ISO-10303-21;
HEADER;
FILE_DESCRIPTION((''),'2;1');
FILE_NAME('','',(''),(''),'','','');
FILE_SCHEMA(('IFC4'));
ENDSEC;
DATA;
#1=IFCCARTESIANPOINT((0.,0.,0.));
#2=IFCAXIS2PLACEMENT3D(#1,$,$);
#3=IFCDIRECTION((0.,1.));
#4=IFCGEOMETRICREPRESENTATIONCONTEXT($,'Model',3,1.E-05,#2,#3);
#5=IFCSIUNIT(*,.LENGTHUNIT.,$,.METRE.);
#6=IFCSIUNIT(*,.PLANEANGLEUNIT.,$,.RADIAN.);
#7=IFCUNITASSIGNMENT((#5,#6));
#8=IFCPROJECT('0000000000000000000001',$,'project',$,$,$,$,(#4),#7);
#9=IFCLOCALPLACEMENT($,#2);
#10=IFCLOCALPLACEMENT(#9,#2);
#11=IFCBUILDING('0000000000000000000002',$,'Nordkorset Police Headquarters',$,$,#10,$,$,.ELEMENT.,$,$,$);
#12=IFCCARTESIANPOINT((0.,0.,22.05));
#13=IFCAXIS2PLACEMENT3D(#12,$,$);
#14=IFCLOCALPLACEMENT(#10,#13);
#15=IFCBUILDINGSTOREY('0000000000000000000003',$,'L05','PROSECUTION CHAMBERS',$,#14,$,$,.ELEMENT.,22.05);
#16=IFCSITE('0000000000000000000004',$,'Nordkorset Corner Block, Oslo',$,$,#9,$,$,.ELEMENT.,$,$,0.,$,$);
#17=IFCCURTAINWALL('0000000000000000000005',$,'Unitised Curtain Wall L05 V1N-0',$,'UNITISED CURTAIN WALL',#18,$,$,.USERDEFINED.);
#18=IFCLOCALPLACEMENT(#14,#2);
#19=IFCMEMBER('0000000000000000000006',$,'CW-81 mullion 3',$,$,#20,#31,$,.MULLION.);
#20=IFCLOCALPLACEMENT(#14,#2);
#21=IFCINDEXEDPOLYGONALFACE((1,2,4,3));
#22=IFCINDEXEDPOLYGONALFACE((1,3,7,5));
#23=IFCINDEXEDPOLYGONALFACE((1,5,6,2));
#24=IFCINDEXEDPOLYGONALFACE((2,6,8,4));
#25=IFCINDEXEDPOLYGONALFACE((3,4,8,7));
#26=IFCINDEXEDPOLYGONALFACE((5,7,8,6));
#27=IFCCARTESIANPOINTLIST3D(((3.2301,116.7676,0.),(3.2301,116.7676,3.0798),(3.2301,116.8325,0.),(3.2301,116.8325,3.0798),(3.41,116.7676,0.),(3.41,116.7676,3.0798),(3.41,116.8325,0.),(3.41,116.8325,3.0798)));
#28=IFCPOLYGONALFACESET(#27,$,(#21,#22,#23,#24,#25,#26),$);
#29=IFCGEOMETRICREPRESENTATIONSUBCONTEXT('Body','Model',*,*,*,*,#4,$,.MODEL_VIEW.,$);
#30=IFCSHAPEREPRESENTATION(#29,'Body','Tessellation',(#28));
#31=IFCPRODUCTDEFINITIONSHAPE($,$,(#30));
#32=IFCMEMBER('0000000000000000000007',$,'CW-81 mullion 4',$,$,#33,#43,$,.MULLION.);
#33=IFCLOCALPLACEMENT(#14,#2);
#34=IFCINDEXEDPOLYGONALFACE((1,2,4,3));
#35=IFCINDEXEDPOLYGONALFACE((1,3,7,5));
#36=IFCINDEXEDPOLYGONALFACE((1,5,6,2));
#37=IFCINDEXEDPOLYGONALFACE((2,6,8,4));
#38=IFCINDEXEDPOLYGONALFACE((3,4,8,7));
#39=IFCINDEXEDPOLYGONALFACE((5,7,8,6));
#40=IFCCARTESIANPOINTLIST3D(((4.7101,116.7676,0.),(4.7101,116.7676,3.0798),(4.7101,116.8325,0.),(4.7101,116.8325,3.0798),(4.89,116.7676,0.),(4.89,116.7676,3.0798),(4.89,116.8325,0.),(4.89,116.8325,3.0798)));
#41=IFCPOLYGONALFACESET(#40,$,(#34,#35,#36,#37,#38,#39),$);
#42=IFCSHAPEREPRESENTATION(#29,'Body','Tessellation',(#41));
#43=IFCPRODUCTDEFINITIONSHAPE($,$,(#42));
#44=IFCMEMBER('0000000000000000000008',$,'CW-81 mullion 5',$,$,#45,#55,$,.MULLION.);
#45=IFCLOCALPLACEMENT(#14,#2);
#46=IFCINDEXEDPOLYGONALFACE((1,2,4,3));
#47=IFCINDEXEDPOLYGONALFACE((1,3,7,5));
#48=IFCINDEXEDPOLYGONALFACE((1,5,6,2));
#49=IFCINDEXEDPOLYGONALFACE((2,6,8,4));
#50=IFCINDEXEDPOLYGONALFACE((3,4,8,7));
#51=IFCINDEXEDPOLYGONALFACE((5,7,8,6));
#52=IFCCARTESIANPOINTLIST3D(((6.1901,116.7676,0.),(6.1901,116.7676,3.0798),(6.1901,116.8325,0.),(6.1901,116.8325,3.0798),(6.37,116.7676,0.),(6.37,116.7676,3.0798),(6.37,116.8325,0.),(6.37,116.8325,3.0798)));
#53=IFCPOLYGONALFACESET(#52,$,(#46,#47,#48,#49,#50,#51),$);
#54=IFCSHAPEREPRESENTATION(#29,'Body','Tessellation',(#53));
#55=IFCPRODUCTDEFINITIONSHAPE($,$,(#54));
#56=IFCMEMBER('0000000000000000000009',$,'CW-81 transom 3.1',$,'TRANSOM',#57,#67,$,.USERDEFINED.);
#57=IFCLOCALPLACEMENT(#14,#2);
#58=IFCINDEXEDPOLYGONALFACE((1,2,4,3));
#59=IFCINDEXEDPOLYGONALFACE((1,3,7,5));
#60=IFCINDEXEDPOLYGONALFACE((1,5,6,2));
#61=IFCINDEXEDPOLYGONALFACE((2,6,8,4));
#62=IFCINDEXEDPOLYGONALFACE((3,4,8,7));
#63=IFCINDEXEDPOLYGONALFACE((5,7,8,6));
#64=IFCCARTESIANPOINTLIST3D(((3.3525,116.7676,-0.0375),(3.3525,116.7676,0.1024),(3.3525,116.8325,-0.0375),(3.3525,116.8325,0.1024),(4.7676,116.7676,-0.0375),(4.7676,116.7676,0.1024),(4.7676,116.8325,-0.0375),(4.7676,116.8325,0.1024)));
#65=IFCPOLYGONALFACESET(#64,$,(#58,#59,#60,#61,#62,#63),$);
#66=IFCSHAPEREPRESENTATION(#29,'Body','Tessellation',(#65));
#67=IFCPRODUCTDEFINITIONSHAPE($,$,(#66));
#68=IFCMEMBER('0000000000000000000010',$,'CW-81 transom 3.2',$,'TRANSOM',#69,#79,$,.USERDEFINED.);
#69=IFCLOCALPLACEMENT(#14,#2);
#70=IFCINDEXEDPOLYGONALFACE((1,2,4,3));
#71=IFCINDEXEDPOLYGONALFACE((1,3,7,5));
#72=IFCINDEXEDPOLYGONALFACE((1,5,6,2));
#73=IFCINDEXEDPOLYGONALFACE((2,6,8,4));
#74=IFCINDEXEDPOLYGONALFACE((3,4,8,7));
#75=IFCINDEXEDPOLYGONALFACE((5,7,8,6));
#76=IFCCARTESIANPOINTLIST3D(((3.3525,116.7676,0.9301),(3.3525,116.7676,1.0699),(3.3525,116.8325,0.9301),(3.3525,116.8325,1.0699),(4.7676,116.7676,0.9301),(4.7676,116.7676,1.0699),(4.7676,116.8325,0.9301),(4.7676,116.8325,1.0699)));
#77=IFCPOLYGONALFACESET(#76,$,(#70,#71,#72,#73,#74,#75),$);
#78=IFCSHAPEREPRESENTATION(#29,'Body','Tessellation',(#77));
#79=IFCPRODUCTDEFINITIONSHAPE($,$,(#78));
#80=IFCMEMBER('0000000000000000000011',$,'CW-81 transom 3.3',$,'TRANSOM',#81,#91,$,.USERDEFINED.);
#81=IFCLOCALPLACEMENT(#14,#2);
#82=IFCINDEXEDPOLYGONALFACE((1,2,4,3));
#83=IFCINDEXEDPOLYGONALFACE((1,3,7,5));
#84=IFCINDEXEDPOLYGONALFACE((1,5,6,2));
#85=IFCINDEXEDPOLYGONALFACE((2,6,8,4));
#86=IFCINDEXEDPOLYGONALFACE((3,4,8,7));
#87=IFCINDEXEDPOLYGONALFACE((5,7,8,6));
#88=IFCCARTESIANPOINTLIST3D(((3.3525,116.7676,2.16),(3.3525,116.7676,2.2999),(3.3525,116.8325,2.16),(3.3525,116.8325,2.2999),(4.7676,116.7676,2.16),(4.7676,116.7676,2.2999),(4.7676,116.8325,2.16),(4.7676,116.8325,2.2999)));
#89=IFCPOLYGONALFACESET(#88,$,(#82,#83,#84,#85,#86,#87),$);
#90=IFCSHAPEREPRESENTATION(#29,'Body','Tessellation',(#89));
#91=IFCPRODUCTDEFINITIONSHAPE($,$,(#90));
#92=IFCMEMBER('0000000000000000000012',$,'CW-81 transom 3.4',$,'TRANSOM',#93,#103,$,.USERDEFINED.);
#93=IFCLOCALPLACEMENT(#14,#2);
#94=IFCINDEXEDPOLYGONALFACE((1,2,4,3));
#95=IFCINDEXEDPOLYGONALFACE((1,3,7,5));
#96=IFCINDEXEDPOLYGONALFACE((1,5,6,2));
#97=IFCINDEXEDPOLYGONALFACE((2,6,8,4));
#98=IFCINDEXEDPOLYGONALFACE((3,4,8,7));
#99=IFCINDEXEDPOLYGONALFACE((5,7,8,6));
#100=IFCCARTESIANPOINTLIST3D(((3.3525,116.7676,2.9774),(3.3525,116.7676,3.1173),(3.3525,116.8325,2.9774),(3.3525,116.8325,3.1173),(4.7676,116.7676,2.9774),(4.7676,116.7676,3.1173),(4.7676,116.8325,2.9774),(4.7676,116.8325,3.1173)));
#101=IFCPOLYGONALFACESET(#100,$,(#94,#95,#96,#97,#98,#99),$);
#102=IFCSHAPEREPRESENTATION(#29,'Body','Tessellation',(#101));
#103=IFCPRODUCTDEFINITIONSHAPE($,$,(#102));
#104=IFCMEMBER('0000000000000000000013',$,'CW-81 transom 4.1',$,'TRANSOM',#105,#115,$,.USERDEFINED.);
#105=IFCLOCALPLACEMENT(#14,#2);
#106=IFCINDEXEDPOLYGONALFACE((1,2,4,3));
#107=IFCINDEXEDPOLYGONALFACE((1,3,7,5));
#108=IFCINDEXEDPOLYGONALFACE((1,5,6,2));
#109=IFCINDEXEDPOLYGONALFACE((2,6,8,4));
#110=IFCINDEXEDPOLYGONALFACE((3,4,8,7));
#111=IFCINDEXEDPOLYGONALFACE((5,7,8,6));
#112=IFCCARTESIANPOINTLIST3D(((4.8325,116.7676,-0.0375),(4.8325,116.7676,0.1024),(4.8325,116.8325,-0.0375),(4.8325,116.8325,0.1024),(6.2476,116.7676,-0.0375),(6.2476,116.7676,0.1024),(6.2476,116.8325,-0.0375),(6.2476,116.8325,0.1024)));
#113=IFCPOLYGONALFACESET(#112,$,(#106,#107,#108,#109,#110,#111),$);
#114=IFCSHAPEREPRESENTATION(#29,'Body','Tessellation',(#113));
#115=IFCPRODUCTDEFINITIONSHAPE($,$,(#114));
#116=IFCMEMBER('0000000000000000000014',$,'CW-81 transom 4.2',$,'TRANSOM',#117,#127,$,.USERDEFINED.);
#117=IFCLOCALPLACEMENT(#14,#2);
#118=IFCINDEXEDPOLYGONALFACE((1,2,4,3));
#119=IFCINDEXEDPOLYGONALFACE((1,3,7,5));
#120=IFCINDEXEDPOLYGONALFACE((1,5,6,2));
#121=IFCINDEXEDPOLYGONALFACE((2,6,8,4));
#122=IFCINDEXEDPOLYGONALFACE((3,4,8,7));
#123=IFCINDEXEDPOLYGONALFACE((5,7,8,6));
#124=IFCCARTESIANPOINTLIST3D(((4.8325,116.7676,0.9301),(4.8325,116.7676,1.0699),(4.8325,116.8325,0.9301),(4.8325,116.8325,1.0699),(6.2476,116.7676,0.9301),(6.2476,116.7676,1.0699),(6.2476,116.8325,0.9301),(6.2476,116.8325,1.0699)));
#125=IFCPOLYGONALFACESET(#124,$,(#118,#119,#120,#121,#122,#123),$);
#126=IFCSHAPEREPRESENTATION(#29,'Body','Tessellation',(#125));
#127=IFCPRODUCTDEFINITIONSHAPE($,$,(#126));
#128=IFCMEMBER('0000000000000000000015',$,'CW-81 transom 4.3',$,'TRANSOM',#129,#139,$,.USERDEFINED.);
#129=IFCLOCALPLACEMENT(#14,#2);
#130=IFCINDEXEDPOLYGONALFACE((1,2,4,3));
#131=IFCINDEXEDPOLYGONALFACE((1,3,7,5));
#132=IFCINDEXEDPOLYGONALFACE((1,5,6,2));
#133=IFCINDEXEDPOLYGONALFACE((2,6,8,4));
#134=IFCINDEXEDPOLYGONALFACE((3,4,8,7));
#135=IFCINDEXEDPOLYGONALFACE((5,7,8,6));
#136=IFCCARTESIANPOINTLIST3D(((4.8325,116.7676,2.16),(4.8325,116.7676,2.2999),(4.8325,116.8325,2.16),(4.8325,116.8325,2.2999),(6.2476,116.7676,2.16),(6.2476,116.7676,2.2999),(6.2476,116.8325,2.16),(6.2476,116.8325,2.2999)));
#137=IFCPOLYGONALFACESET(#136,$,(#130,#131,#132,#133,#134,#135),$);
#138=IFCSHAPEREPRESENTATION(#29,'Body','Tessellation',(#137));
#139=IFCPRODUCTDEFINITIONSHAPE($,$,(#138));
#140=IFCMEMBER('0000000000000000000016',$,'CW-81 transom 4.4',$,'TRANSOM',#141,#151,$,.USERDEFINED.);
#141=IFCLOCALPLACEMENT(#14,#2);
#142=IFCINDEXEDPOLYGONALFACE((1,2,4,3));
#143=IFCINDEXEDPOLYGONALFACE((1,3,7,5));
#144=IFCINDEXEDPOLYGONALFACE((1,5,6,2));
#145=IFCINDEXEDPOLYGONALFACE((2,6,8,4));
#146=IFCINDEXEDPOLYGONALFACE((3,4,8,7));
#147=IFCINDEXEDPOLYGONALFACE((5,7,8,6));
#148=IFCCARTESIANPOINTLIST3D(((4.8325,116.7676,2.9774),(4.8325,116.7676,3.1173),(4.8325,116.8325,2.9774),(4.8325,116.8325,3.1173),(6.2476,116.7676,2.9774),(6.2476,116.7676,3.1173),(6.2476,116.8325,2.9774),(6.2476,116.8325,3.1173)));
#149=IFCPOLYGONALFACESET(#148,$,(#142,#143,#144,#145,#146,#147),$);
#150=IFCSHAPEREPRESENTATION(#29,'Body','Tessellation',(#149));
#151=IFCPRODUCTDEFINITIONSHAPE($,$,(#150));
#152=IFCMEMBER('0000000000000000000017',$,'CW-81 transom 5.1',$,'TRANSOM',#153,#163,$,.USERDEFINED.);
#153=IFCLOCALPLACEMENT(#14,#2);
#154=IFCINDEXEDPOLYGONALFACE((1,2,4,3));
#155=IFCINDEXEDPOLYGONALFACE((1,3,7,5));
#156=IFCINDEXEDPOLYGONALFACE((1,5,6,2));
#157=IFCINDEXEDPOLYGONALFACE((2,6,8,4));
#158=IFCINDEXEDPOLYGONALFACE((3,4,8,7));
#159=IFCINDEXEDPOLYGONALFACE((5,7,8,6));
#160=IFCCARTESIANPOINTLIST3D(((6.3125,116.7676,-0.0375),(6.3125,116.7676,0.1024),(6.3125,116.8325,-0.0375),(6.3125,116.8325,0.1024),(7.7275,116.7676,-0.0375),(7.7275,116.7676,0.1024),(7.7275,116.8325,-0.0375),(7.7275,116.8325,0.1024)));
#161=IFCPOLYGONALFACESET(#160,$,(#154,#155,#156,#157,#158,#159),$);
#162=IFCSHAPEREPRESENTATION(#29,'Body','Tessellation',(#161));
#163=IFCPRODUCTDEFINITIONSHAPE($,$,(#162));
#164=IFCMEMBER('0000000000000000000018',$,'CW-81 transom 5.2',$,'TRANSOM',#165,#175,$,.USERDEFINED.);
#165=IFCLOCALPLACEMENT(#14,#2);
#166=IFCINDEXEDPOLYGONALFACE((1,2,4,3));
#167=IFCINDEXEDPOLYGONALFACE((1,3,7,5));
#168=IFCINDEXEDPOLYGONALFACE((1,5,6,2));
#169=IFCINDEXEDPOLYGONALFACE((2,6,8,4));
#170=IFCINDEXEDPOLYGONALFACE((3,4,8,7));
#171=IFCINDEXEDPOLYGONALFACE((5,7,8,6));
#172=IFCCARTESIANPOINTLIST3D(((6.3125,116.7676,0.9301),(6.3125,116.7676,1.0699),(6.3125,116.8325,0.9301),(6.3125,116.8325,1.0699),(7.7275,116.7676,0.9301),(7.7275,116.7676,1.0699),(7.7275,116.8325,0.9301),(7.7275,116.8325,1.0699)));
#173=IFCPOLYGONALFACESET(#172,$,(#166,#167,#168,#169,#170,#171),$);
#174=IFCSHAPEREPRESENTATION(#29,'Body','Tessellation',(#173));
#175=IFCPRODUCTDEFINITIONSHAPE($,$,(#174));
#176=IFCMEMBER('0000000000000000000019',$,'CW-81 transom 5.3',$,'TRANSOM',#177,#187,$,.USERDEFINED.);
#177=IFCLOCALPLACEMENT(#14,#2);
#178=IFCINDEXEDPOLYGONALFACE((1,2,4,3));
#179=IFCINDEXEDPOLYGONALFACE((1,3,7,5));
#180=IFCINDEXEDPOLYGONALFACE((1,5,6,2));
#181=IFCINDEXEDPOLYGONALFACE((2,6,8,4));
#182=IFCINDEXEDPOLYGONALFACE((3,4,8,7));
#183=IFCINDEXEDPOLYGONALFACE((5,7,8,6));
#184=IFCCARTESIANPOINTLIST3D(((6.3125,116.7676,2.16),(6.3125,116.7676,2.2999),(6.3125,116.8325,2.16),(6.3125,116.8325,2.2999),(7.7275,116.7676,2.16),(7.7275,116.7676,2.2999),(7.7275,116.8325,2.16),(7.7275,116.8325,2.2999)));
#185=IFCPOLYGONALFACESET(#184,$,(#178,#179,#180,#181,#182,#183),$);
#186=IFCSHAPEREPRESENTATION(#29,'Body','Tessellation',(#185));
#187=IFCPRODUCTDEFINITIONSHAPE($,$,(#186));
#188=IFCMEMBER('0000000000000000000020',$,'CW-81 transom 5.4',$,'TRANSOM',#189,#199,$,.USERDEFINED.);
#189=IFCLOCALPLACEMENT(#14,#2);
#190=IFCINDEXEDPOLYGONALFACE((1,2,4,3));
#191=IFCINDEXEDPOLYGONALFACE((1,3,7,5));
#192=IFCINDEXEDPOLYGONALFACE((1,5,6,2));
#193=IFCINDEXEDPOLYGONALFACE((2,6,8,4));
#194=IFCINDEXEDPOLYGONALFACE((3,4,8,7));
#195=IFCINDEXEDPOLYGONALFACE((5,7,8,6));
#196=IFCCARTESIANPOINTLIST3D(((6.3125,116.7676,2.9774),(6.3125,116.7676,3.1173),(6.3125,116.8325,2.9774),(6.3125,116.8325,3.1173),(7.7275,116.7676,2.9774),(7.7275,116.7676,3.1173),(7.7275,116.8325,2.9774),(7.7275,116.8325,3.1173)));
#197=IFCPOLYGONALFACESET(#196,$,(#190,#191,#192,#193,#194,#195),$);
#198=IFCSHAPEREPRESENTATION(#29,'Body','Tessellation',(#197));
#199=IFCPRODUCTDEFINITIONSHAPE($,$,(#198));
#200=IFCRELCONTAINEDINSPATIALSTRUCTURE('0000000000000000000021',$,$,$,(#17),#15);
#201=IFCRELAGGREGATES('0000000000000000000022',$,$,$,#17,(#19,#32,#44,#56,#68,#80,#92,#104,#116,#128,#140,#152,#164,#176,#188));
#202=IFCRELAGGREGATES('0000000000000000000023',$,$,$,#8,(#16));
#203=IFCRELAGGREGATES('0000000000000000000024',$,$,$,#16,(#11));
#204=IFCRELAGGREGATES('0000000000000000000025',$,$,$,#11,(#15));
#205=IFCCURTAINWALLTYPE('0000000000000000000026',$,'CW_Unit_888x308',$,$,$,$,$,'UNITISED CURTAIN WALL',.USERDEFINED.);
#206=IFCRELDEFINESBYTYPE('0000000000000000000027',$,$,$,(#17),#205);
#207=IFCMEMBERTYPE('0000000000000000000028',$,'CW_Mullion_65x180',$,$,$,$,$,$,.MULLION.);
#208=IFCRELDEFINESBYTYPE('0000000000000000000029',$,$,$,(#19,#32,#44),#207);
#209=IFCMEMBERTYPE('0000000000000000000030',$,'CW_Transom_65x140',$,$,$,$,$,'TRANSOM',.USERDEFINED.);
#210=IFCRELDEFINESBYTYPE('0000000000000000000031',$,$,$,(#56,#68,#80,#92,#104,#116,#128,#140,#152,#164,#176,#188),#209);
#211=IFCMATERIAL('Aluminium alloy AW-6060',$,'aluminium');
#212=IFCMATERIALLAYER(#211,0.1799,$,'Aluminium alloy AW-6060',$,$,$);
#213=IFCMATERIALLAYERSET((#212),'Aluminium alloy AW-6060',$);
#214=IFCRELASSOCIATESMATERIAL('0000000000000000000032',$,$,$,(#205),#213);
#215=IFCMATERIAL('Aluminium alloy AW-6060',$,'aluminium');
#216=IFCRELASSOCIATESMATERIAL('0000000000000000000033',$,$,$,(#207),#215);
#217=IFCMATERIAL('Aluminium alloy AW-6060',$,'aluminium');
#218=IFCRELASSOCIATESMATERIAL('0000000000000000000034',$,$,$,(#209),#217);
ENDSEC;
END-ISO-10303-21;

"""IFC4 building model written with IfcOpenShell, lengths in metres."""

from ifc_helpers import new_model, si_unit, direction, frame, origin, origin_2d, place, context, subcontext, project, spatial, rectangle, extrude, material, layer, layer_set, material_profile, profile_set, type_object, element, aggregate, save


model = new_model("IFC4")

# Units and contexts
model_context = context("Model", 3, precision=1e-05, world=origin(), true_north=direction((0.0, 1.0)))
body_context = subcontext(model_context, "Body", "Model", "MODEL_VIEW")
ifc_project = project(units=[si_unit("LENGTHUNIT", "METRE"), si_unit("PLANEANGLEUNIT", "RADIAN")], contexts=[model_context])

# Site, building, storey
site_placement = place(None, origin())
site = spatial("IfcSite", under=ifc_project, at=site_placement, Name="Nordkorset Corner Block, Oslo", CompositionType="ELEMENT", RefElevation=0.0)
building_placement = place(site_placement, origin())
building = spatial("IfcBuilding", under=site, at=building_placement, Name="Nordkorset Police Headquarters", CompositionType="ELEMENT")
storey_placement = place(building_placement, frame((0.0, 0.0, 22.05)))
storey = spatial("IfcBuildingStorey", under=building, at=storey_placement, Name="L05", Description="PROSECUTION CHAMBERS", CompositionType="ELEMENT", Elevation=22.05)

# Curtain wall, members
ifc_material_1 = material(Name="Aluminium alloy AW-6060", Category="aluminium")
ifc_layer_1 = layer(ifc_material_1, 0.1799, Name="Aluminium alloy AW-6060")
ifc_layer_set_1 = layer_set([ifc_layer_1], Name="Aluminium alloy AW-6060")
curtain_wall_type = type_object("IfcCurtainWallType", Name="CW_Unit_888x308", ElementType="UNITISED CURTAIN WALL", PredefinedType="USERDEFINED", material=ifc_layer_set_1)
curtain_wall_placement = place(storey_placement, origin())
curtain_wall = element("IfcCurtainWall", 1, at=curtain_wall_placement, inside=storey, type_object=curtain_wall_type, Name="Unitised Curtain Wall L05 V1N-0", ObjectType="UNITISED CURTAIN WALL", PredefinedType="USERDEFINED")
ifc_material_2 = material(Name="Aluminium alloy AW-6060", Category="aluminium")
ifc_material_profile_1 = material_profile(ifc_material_2, rectangle(XDim=0.0649, YDim=0.1799, at=origin_2d()), Name="ALU MULL 65x180")
ifc_profile_set_1 = profile_set([ifc_material_profile_1], Name="Aluminium alloy AW-6060")
member_type_1 = type_object("IfcMemberType", Name="CW_Mullion_65x180", PredefinedType="MULLION", material=ifc_profile_set_1)
member_1_placement = place(storey_placement, frame((3.3201, 116.8, 0.0), z_axis=(0.0, 0.0, 1.0), x_axis=(0.0, 1.0, 0.0)))
member_1 = element("IfcMember", 2, at=member_1_placement, type_object=member_type_1, Name="CW-81 mullion 3", PredefinedType="MULLION", context=body_context, shape_type="SweptSolid", body=[
    extrude(rectangle(XDim=0.0649, YDim=0.1799, at=origin_2d()), origin(), (0.0, 0.0, 1.0), 3.0798),
])
member_2_placement = place(storey_placement, frame((4.8, 116.8, 0.0), z_axis=(0.0, 0.0, 1.0), x_axis=(0.0, 1.0, 0.0)))
member_2 = element("IfcMember", 3, at=member_2_placement, type_object=member_type_1, Name="CW-81 mullion 4", PredefinedType="MULLION", context=body_context, shape_type="SweptSolid", body=[
    extrude(rectangle(XDim=0.0649, YDim=0.1799, at=origin_2d()), origin(), (0.0, 0.0, 1.0), 3.0798),
])
member_3_placement = place(storey_placement, frame((6.28, 116.8, 0.0), z_axis=(0.0, 0.0, 1.0), x_axis=(0.0, 1.0, 0.0)))
member_3 = element("IfcMember", 4, at=member_3_placement, type_object=member_type_1, Name="CW-81 mullion 5", PredefinedType="MULLION", context=body_context, shape_type="SweptSolid", body=[
    extrude(rectangle(XDim=0.0649, YDim=0.1799, at=origin_2d()), origin(), (0.0, 0.0, 1.0), 3.0798),
])
ifc_material_3 = material(Name="Aluminium alloy AW-6060", Category="aluminium")
ifc_material_profile_2 = material_profile(ifc_material_3, rectangle(XDim=0.0649, YDim=0.1399, at=origin_2d()), Name="ALU TRAN 65x140")
ifc_profile_set_2 = profile_set([ifc_material_profile_2], Name="Aluminium alloy AW-6060")
member_type_2 = type_object("IfcMemberType", Name="CW_Transom_65x140", ElementType="TRANSOM", PredefinedType="USERDEFINED", material=ifc_profile_set_2)
member_4_placement = place(storey_placement, frame((3.3525, 116.8, 0.0325), z_axis=(1.0, 0.0, 0.0), x_axis=(0.0, 1.0, 0.0)))
member_4 = element("IfcMember", 5, at=member_4_placement, type_object=member_type_2, Name="CW-81 transom 3.1", ObjectType="TRANSOM", PredefinedType="USERDEFINED", context=body_context, shape_type="SweptSolid", body=[
    extrude(rectangle(XDim=0.0649, YDim=0.1399, at=origin_2d()), origin(), (0.0, 0.0, 1.0), 1.415),
])
member_5_placement = place(storey_placement, frame((3.3525, 116.8, 1.0), z_axis=(1.0, 0.0, 0.0), x_axis=(0.0, 1.0, 0.0)))
member_5 = element("IfcMember", 6, at=member_5_placement, type_object=member_type_2, Name="CW-81 transom 3.2", ObjectType="TRANSOM", PredefinedType="USERDEFINED", context=body_context, shape_type="SweptSolid", body=[
    extrude(rectangle(XDim=0.0649, YDim=0.1399, at=origin_2d()), origin(), (0.0, 0.0, 1.0), 1.415),
])
member_6_placement = place(storey_placement, frame((3.3525, 116.8, 2.23), z_axis=(1.0, 0.0, 0.0), x_axis=(0.0, 1.0, 0.0)))
member_6 = element("IfcMember", 7, at=member_6_placement, type_object=member_type_2, Name="CW-81 transom 3.3", ObjectType="TRANSOM", PredefinedType="USERDEFINED", context=body_context, shape_type="SweptSolid", body=[
    extrude(rectangle(XDim=0.0649, YDim=0.1399, at=origin_2d()), origin(), (0.0, 0.0, 1.0), 1.415),
])
member_7_placement = place(storey_placement, frame((3.3525, 116.8, 3.0474), z_axis=(1.0, 0.0, 0.0), x_axis=(0.0, 1.0, 0.0)))
member_7 = element("IfcMember", 8, at=member_7_placement, type_object=member_type_2, Name="CW-81 transom 3.4", ObjectType="TRANSOM", PredefinedType="USERDEFINED", context=body_context, shape_type="SweptSolid", body=[
    extrude(rectangle(XDim=0.0649, YDim=0.1399, at=origin_2d()), origin(), (0.0, 0.0, 1.0), 1.415),
])
member_8_placement = place(storey_placement, frame((4.8325, 116.8, 0.0325), z_axis=(1.0, 0.0, 0.0), x_axis=(0.0, 1.0, 0.0)))
member_8 = element("IfcMember", 9, at=member_8_placement, type_object=member_type_2, Name="CW-81 transom 4.1", ObjectType="TRANSOM", PredefinedType="USERDEFINED", context=body_context, shape_type="SweptSolid", body=[
    extrude(rectangle(XDim=0.0649, YDim=0.1399, at=origin_2d()), origin(), (0.0, 0.0, 1.0), 1.415),
])
member_9_placement = place(storey_placement, frame((4.8325, 116.8, 1.0), z_axis=(1.0, 0.0, 0.0), x_axis=(0.0, 1.0, 0.0)))
member_9 = element("IfcMember", 10, at=member_9_placement, type_object=member_type_2, Name="CW-81 transom 4.2", ObjectType="TRANSOM", PredefinedType="USERDEFINED", context=body_context, shape_type="SweptSolid", body=[
    extrude(rectangle(XDim=0.0649, YDim=0.1399, at=origin_2d()), origin(), (0.0, 0.0, 1.0), 1.415),
])
member_10_placement = place(storey_placement, frame((4.8325, 116.8, 2.23), z_axis=(1.0, 0.0, 0.0), x_axis=(0.0, 1.0, 0.0)))
member_10 = element("IfcMember", 11, at=member_10_placement, type_object=member_type_2, Name="CW-81 transom 4.3", ObjectType="TRANSOM", PredefinedType="USERDEFINED", context=body_context, shape_type="SweptSolid", body=[
    extrude(rectangle(XDim=0.0649, YDim=0.1399, at=origin_2d()), origin(), (0.0, 0.0, 1.0), 1.415),
])
member_11_placement = place(storey_placement, frame((4.8325, 116.8, 3.0474), z_axis=(1.0, 0.0, 0.0), x_axis=(0.0, 1.0, 0.0)))
member_11 = element("IfcMember", 12, at=member_11_placement, type_object=member_type_2, Name="CW-81 transom 4.4", ObjectType="TRANSOM", PredefinedType="USERDEFINED", context=body_context, shape_type="SweptSolid", body=[
    extrude(rectangle(XDim=0.0649, YDim=0.1399, at=origin_2d()), origin(), (0.0, 0.0, 1.0), 1.415),
])
member_12_placement = place(storey_placement, frame((6.3125, 116.8, 0.0325), z_axis=(1.0, 0.0, 0.0), x_axis=(0.0, 1.0, 0.0)))
member_12 = element("IfcMember", 13, at=member_12_placement, type_object=member_type_2, Name="CW-81 transom 5.1", ObjectType="TRANSOM", PredefinedType="USERDEFINED", context=body_context, shape_type="SweptSolid", body=[
    extrude(rectangle(XDim=0.0649, YDim=0.1399, at=origin_2d()), origin(), (0.0, 0.0, 1.0), 1.415),
])
member_13_placement = place(storey_placement, frame((6.3125, 116.8, 1.0), z_axis=(1.0, 0.0, 0.0), x_axis=(0.0, 1.0, 0.0)))
member_13 = element("IfcMember", 14, at=member_13_placement, type_object=member_type_2, Name="CW-81 transom 5.2", ObjectType="TRANSOM", PredefinedType="USERDEFINED", context=body_context, shape_type="SweptSolid", body=[
    extrude(rectangle(XDim=0.0649, YDim=0.1399, at=origin_2d()), origin(), (0.0, 0.0, 1.0), 1.415),
])
member_14_placement = place(storey_placement, frame((6.3125, 116.8, 2.23), z_axis=(1.0, 0.0, 0.0), x_axis=(0.0, 1.0, 0.0)))
member_14 = element("IfcMember", 15, at=member_14_placement, type_object=member_type_2, Name="CW-81 transom 5.3", ObjectType="TRANSOM", PredefinedType="USERDEFINED", context=body_context, shape_type="SweptSolid", body=[
    extrude(rectangle(XDim=0.0649, YDim=0.1399, at=origin_2d()), origin(), (0.0, 0.0, 1.0), 1.415),
])
member_15_placement = place(storey_placement, frame((6.3125, 116.8, 3.0474), z_axis=(1.0, 0.0, 0.0), x_axis=(0.0, 1.0, 0.0)))
member_15 = element("IfcMember", 16, at=member_15_placement, type_object=member_type_2, Name="CW-81 transom 5.4", ObjectType="TRANSOM", PredefinedType="USERDEFINED", context=body_context, shape_type="SweptSolid", body=[
    extrude(rectangle(XDim=0.0649, YDim=0.1399, at=origin_2d()), origin(), (0.0, 0.0, 1.0), 1.415),
])
aggregate(curtain_wall, [member_1, member_2, member_3, member_4, member_5, member_6, member_7, member_8, member_9, member_10, member_11, member_12, member_13, member_14, member_15])

save(model, "model.ifc")
